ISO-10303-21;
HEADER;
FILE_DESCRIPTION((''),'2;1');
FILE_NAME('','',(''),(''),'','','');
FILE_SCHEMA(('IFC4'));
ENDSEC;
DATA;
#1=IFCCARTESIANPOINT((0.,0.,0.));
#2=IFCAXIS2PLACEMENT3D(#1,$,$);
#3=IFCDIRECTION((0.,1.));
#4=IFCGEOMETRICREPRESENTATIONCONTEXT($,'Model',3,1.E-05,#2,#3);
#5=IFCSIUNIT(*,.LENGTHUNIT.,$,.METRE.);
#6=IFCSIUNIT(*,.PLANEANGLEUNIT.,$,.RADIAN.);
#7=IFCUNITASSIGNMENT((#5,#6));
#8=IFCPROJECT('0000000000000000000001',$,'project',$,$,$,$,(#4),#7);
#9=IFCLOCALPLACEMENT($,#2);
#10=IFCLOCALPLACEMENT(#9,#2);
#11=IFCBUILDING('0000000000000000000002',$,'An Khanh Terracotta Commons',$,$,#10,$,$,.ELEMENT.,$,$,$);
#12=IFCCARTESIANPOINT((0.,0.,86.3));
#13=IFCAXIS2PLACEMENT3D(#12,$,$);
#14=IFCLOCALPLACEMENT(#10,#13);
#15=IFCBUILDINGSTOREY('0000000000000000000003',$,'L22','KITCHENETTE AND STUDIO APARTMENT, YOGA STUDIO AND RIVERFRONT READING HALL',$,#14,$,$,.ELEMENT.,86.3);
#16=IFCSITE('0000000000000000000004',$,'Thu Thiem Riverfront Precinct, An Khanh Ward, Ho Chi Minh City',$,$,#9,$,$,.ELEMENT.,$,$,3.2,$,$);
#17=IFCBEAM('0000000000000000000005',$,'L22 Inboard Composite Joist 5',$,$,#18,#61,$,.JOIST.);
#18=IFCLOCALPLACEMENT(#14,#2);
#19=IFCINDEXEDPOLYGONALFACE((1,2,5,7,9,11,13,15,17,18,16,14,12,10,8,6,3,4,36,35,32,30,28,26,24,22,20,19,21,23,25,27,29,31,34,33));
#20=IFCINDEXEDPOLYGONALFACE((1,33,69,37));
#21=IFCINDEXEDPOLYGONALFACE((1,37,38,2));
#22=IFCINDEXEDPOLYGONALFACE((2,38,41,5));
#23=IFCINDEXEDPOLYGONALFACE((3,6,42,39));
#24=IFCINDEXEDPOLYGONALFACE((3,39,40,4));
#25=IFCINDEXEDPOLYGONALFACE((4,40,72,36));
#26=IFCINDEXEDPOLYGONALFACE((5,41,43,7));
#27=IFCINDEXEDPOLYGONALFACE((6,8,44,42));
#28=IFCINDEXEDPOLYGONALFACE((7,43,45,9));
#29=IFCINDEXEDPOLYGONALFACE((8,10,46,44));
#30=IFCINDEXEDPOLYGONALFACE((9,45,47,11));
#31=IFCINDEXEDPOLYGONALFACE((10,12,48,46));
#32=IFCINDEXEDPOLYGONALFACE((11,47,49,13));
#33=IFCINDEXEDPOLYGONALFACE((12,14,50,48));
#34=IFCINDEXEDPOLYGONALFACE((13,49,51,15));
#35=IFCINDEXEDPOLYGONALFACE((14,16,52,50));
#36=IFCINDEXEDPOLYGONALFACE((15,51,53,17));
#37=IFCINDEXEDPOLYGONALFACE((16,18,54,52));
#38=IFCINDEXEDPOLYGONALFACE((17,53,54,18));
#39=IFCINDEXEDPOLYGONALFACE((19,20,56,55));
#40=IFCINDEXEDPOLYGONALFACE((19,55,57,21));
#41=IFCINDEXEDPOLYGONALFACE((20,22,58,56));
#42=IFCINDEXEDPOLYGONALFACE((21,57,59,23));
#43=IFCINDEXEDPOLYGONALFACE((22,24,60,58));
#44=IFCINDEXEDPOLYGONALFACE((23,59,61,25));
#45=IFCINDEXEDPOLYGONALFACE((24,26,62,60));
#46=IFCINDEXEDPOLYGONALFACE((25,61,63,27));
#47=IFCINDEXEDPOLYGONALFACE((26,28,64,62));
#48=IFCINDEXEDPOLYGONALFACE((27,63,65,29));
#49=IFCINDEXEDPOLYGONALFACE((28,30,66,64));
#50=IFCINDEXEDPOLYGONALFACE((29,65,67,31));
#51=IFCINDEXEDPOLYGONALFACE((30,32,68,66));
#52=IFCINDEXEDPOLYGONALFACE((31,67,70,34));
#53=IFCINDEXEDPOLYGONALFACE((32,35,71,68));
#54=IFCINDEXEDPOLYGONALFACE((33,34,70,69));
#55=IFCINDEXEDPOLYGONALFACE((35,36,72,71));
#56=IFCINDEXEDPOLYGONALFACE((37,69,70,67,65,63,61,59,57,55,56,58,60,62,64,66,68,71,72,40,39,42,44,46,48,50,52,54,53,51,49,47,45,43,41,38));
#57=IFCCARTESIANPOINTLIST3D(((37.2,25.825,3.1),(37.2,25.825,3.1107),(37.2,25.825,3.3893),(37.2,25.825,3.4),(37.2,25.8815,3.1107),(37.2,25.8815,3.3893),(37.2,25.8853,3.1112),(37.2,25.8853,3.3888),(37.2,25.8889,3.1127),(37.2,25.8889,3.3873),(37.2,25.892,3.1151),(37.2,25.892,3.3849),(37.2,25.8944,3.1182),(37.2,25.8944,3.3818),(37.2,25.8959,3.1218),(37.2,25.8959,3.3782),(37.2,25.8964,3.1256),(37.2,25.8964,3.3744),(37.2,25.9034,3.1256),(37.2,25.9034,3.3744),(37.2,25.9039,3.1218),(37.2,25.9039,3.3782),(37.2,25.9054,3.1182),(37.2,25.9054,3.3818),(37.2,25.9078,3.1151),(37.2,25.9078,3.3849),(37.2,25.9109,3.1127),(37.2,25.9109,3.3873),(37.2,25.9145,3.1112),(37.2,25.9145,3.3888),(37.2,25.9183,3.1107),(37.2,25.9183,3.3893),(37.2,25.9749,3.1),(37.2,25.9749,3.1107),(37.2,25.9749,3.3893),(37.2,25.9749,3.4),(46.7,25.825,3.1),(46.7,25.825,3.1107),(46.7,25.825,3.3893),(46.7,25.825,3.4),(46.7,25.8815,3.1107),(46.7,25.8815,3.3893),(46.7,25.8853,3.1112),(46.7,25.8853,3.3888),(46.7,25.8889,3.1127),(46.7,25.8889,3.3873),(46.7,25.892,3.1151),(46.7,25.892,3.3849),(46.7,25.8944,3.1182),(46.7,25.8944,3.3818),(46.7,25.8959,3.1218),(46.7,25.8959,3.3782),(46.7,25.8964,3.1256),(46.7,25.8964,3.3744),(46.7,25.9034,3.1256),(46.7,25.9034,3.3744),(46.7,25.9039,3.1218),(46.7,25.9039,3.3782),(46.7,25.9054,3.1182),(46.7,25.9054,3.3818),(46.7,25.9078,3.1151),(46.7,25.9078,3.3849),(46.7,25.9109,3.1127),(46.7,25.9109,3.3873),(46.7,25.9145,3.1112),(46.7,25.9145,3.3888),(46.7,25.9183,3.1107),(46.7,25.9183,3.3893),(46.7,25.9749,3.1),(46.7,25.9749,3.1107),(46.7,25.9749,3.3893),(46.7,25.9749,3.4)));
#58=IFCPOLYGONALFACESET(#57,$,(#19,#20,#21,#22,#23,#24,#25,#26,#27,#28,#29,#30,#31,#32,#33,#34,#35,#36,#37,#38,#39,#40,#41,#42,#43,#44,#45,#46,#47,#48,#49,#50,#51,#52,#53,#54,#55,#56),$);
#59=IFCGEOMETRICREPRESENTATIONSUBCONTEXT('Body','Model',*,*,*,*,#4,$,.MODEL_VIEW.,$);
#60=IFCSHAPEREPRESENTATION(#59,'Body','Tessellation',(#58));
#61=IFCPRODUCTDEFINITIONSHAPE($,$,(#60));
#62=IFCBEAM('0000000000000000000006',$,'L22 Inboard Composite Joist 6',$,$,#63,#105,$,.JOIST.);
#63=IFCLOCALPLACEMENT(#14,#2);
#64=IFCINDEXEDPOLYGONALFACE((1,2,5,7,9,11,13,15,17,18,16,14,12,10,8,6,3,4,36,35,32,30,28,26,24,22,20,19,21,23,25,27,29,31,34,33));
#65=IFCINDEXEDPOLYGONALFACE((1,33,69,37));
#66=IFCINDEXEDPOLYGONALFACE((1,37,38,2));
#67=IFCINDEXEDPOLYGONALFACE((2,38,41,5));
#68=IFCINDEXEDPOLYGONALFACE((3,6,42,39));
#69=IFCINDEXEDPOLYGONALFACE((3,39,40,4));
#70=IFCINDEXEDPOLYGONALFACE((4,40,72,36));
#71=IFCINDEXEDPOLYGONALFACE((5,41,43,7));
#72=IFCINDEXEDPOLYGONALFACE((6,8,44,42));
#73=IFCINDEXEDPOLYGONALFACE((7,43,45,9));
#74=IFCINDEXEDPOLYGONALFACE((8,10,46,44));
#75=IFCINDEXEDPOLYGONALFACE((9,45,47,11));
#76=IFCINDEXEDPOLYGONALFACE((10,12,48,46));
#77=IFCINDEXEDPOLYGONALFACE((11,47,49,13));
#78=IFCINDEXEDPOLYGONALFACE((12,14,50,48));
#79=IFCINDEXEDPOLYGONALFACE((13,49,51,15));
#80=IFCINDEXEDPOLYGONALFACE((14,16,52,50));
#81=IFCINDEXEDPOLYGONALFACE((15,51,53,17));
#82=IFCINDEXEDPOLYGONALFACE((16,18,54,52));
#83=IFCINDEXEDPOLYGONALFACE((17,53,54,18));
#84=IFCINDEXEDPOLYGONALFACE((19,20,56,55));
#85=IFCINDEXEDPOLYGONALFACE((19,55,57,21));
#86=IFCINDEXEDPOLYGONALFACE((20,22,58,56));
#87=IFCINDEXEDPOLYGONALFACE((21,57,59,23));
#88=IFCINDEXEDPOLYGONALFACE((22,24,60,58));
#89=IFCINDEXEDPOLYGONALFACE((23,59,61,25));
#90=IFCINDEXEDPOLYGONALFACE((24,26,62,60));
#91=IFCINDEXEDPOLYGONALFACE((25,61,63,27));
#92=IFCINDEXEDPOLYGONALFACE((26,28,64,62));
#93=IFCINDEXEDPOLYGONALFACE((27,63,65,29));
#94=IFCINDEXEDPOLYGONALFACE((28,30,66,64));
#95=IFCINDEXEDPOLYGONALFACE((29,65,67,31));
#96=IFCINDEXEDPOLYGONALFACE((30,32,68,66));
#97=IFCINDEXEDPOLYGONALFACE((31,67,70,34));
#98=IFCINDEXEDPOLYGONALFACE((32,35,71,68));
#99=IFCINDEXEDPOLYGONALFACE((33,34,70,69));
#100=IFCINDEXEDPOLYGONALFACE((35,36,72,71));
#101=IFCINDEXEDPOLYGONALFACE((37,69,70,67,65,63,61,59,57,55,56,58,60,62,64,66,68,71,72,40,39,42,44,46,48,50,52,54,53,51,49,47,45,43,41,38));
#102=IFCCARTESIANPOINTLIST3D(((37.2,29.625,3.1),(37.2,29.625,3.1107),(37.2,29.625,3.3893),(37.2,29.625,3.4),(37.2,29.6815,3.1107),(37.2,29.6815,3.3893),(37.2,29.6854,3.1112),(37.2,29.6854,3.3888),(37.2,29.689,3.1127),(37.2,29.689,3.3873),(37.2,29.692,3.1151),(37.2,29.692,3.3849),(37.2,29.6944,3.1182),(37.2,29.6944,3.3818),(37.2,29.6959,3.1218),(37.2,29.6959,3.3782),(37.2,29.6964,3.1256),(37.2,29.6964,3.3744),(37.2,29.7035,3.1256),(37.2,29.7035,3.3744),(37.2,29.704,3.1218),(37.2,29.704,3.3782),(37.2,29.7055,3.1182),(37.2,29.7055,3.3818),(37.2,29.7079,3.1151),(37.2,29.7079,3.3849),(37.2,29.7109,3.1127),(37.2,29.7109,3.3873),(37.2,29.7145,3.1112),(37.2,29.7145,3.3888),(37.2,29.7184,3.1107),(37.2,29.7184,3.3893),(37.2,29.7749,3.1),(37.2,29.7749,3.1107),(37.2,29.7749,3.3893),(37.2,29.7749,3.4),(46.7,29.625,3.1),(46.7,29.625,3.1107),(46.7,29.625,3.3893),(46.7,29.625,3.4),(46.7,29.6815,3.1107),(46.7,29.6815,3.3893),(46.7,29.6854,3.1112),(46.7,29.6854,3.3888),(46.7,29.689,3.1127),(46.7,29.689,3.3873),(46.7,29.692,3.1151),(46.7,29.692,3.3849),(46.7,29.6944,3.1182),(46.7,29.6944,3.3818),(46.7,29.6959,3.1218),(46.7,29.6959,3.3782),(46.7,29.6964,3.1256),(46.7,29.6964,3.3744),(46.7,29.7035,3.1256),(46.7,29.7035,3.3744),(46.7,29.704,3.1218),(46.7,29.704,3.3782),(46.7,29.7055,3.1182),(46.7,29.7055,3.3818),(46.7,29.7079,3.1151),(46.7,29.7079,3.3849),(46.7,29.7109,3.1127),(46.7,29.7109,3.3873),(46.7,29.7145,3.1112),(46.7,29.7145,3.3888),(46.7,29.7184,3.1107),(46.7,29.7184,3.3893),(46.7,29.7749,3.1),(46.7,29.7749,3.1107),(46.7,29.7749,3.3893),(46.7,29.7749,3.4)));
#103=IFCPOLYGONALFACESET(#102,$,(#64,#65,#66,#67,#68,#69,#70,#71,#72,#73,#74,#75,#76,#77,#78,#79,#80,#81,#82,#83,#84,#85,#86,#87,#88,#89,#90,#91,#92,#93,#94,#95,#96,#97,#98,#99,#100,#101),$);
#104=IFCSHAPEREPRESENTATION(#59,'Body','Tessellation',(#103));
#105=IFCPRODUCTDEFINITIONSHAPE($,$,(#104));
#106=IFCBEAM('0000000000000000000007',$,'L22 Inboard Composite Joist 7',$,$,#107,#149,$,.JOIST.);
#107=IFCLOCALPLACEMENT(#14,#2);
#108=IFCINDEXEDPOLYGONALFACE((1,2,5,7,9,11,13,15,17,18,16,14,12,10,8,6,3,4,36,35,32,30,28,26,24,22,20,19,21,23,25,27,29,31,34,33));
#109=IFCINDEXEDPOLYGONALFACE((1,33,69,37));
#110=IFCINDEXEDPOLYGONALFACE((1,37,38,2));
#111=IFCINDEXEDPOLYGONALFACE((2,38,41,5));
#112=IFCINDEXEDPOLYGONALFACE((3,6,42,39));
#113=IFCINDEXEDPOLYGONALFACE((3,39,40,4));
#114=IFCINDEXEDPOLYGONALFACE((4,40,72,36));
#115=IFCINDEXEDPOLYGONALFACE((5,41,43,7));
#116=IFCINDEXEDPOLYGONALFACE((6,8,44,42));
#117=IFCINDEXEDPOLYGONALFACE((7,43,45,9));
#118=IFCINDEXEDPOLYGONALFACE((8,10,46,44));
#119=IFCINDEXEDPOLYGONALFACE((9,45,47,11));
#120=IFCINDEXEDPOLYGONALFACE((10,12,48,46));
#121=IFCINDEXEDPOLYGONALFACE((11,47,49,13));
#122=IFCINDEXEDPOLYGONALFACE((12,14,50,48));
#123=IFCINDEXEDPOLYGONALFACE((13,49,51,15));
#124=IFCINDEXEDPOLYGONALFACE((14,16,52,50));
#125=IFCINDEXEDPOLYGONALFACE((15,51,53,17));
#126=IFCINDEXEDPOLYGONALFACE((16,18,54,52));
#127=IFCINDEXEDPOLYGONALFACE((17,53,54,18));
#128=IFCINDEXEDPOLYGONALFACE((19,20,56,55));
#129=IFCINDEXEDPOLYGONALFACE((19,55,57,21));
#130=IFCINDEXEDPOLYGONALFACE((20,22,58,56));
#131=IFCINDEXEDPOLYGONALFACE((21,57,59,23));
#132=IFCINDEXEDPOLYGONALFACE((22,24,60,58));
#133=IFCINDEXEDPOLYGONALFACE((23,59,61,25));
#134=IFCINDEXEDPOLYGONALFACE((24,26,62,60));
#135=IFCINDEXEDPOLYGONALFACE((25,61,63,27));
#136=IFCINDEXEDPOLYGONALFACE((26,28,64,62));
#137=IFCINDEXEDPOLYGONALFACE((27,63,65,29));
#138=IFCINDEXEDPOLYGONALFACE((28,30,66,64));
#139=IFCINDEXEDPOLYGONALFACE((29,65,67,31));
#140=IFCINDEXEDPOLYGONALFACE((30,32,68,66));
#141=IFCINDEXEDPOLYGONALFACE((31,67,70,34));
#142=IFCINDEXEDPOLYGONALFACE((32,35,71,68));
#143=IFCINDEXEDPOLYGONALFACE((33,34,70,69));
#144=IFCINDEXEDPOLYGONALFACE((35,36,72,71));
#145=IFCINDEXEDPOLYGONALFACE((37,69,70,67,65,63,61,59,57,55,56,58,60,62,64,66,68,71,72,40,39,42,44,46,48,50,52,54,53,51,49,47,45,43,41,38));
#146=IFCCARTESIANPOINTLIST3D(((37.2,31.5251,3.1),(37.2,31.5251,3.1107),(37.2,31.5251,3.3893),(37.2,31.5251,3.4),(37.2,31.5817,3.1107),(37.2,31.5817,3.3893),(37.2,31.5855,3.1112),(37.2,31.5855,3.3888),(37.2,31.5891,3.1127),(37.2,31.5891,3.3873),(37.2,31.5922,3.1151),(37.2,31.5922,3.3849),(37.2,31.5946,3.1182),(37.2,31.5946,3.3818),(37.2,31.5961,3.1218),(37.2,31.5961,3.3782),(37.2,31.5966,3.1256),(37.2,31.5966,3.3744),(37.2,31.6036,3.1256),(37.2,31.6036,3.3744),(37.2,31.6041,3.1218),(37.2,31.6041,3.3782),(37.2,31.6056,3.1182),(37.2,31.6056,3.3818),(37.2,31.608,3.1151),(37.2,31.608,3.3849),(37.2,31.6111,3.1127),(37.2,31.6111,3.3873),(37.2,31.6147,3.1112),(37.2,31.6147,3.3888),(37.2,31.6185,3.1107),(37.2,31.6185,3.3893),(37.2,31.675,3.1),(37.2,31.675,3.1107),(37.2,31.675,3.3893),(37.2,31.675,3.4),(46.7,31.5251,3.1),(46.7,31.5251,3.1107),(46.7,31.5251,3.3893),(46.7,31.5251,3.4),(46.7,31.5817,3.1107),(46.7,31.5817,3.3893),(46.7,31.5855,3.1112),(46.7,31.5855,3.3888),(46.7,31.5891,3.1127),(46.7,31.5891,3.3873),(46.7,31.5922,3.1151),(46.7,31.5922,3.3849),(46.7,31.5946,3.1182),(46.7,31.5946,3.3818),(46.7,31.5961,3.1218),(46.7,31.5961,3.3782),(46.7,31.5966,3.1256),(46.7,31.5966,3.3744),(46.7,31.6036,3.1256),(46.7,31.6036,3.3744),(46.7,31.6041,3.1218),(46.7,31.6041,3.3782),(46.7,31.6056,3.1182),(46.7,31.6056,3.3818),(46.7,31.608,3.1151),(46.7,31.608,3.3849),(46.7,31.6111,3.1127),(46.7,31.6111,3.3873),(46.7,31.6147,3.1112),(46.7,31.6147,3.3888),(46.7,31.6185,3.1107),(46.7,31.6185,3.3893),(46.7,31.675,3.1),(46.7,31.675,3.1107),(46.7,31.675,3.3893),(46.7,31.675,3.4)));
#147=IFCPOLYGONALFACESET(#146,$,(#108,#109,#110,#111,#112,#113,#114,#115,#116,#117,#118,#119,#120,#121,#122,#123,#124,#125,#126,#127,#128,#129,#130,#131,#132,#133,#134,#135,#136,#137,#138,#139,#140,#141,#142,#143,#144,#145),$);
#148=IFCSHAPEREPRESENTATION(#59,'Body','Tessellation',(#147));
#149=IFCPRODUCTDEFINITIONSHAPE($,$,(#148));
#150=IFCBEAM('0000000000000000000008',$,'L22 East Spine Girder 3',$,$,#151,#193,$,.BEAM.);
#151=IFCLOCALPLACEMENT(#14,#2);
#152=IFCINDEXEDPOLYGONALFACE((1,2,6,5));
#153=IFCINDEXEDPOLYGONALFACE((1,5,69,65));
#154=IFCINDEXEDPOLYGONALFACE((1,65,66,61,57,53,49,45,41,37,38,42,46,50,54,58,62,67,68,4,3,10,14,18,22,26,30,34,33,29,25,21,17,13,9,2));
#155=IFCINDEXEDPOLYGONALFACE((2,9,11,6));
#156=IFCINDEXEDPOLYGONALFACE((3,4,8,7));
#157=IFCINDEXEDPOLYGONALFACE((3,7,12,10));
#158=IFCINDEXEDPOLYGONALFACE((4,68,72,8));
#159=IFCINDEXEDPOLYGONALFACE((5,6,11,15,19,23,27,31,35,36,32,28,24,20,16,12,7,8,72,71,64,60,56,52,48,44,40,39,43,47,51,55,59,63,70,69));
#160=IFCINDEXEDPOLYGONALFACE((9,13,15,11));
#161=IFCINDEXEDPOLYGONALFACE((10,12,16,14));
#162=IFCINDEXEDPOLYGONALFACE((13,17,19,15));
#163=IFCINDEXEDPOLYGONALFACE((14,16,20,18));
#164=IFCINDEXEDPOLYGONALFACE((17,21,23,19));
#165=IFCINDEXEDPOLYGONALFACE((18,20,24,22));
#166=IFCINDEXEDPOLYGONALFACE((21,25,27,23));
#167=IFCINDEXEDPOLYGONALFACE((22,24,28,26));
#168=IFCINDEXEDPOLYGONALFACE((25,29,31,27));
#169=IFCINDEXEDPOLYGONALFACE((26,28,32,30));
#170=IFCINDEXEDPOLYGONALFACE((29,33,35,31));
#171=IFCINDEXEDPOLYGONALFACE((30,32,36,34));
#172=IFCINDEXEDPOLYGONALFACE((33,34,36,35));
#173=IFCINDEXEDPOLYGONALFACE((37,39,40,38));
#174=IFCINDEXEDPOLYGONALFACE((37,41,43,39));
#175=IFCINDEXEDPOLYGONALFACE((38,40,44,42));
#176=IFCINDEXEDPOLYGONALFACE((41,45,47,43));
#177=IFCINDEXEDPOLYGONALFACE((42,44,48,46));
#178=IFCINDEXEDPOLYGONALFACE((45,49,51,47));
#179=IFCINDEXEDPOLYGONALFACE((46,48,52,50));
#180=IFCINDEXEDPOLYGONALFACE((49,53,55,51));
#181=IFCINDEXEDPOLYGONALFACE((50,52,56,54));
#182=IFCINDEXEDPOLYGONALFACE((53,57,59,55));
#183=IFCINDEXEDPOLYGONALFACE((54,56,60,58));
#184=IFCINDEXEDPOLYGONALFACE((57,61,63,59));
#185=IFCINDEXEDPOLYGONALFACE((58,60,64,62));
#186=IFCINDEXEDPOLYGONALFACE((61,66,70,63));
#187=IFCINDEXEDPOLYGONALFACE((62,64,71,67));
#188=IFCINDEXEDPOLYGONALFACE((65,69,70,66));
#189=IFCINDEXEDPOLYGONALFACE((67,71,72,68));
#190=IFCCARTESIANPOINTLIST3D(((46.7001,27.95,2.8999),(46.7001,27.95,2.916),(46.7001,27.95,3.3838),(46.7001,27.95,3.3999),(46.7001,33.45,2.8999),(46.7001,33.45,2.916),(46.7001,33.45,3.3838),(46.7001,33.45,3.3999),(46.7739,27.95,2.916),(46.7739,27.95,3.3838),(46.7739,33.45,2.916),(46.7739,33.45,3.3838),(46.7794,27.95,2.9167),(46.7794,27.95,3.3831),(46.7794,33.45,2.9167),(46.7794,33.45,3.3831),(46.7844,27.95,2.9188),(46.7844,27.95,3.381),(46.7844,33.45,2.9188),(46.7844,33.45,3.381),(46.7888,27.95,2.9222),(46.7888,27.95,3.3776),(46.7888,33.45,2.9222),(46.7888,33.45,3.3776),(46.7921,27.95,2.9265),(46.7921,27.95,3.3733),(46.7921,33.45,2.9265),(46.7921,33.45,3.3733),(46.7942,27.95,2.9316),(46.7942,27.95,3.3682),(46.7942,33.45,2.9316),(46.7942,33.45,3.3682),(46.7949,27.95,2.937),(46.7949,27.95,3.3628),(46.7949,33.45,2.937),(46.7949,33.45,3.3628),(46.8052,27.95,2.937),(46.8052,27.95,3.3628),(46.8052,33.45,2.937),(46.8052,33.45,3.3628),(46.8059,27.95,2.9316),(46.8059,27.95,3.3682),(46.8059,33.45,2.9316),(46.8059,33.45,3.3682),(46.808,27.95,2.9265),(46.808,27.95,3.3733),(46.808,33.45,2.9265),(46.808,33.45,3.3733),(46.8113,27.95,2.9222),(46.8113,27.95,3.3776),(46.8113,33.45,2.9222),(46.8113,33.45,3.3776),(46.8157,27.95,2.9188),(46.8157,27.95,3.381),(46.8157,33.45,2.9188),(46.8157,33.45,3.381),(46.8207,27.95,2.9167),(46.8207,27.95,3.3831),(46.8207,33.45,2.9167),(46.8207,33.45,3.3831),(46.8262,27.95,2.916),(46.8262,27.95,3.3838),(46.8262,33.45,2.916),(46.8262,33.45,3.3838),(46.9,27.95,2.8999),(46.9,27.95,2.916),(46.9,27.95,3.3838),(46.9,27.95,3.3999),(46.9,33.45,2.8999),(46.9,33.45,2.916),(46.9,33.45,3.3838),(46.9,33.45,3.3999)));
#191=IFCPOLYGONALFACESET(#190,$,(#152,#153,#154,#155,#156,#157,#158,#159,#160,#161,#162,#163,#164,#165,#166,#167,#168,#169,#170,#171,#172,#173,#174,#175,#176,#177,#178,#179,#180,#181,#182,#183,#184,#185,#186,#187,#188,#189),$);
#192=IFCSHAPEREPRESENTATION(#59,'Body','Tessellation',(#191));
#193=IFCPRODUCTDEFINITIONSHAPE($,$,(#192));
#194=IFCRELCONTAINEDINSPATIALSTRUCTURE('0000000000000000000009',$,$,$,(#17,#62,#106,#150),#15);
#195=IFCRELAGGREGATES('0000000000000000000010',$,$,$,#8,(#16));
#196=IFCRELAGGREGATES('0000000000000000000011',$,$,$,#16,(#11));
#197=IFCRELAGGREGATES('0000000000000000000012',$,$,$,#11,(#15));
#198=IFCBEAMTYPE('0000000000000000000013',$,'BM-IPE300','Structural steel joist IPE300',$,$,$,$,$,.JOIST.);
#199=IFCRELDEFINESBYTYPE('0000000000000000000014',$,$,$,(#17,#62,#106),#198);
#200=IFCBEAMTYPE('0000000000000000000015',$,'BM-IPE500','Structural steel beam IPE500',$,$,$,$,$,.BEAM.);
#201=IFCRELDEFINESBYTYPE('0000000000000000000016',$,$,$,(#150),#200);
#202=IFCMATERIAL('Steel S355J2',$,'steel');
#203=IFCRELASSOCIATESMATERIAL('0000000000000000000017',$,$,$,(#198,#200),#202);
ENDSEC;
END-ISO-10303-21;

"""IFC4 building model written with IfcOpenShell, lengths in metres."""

from ifc_helpers import new_model, si_unit, direction, frame, origin, origin_2d, place, context, subcontext, project, spatial, i_section, extrude, material, material_profile, profile_set, type_object, element, save


model = new_model("IFC4")

# Units and contexts
model_context = context("Model", 3, precision=1e-05, world=origin(), true_north=direction((0.0, 1.0)))
body_context = subcontext(model_context, "Body", "Model", "MODEL_VIEW")
ifc_project = project(units=[si_unit("LENGTHUNIT", "METRE"), si_unit("PLANEANGLEUNIT", "RADIAN")], contexts=[model_context])

# Site, building, storey
site_placement = place(None, origin())
site = spatial("IfcSite", under=ifc_project, at=site_placement, Name="Thu Thiem Riverfront Precinct, An Khanh Ward, Ho Chi Minh City", CompositionType="ELEMENT", RefElevation=3.2)
building_placement = place(site_placement, origin())
building = spatial("IfcBuilding", under=site, at=building_placement, Name="An Khanh Terracotta Commons", CompositionType="ELEMENT")
storey_placement = place(building_placement, frame((0.0, 0.0, 86.3)))
storey = spatial("IfcBuildingStorey", under=building, at=storey_placement, Name="L22", Description="KITCHENETTE AND STUDIO APARTMENT, YOGA STUDIO AND RIVERFRONT READING HALL", CompositionType="ELEMENT", Elevation=86.3)

# Beams
ifc_material_1 = material(Name="Steel S355J2", Category="steel")
ifc_material_profile_1 = material_profile(ifc_material_1, i_section(OverallWidth=0.1499, OverallDepth=0.3, WebThickness=0.0071, FlangeThickness=0.0107, FilletRadius=0.0149, at=origin_2d()), Name="IPE300")
ifc_profile_set_1 = profile_set([ifc_material_profile_1], Name="Steel S355J2")
beam_type_1 = type_object("IfcBeamType", Name="BM-IPE300", Description="Structural steel joist IPE300", PredefinedType="JOIST", material=ifc_profile_set_1)
for number, where, z_axis, x_axis, name in (
    (1, (37.2, 25.8999, 3.25), (1.0, 0.0, 0.0), (0.0, 1.0, 0.0), "L22 Inboard Composite Joist 5"),
    (2, (37.2, 29.7, 3.25), (1.0, 0.0, 0.0), (0.0, 1.0, 0.0), "L22 Inboard Composite Joist 6"),
    (3, (37.2, 31.6001, 3.25), (1.0, 0.0, 0.0), (0.0, 1.0, 0.0), "L22 Inboard Composite Joist 7"),
):
    element("IfcBeam", number, at=place(storey_placement, frame(where, z_axis=z_axis, x_axis=x_axis)), inside=storey, type_object=beam_type_1, Name=name, PredefinedType="JOIST", context=body_context, shape_type="SweptSolid", body=[
        extrude(i_section(OverallWidth=0.1499, OverallDepth=0.3, WebThickness=0.0071, FlangeThickness=0.0107, FilletRadius=0.0149, at=origin_2d()), origin(), (0.0, 0.0, 1.0), 9.5),
    ])
ifc_material_profile_2 = material_profile(ifc_material_1, i_section(OverallWidth=0.2, OverallDepth=0.5, WebThickness=0.0103, FlangeThickness=0.0161, FilletRadius=0.021, at=origin_2d()), Name="IPE500")
ifc_profile_set_2 = profile_set([ifc_material_profile_2], Name="Steel S355J2")
beam_type_2 = type_object("IfcBeamType", Name="BM-IPE500", Description="Structural steel beam IPE500", PredefinedType="BEAM", material=ifc_profile_set_2)
beam_1_placement = place(storey_placement, frame((46.8, 27.95, 3.1499), z_axis=(0.0, 1.0, 0.0), x_axis=(-1.0, 0.0, 0.0)))
element("IfcBeam", 4, at=beam_1_placement, inside=storey, type_object=beam_type_2, Name="L22 East Spine Girder 3", PredefinedType="BEAM", context=body_context, shape_type="SweptSolid", body=[
    extrude(i_section(OverallWidth=0.2, OverallDepth=0.5, WebThickness=0.0103, FlangeThickness=0.0161, FilletRadius=0.021, at=origin_2d()), origin(), (0.0, 0.0, 1.0), 5.5),
])

save(model, "model.ifc")
